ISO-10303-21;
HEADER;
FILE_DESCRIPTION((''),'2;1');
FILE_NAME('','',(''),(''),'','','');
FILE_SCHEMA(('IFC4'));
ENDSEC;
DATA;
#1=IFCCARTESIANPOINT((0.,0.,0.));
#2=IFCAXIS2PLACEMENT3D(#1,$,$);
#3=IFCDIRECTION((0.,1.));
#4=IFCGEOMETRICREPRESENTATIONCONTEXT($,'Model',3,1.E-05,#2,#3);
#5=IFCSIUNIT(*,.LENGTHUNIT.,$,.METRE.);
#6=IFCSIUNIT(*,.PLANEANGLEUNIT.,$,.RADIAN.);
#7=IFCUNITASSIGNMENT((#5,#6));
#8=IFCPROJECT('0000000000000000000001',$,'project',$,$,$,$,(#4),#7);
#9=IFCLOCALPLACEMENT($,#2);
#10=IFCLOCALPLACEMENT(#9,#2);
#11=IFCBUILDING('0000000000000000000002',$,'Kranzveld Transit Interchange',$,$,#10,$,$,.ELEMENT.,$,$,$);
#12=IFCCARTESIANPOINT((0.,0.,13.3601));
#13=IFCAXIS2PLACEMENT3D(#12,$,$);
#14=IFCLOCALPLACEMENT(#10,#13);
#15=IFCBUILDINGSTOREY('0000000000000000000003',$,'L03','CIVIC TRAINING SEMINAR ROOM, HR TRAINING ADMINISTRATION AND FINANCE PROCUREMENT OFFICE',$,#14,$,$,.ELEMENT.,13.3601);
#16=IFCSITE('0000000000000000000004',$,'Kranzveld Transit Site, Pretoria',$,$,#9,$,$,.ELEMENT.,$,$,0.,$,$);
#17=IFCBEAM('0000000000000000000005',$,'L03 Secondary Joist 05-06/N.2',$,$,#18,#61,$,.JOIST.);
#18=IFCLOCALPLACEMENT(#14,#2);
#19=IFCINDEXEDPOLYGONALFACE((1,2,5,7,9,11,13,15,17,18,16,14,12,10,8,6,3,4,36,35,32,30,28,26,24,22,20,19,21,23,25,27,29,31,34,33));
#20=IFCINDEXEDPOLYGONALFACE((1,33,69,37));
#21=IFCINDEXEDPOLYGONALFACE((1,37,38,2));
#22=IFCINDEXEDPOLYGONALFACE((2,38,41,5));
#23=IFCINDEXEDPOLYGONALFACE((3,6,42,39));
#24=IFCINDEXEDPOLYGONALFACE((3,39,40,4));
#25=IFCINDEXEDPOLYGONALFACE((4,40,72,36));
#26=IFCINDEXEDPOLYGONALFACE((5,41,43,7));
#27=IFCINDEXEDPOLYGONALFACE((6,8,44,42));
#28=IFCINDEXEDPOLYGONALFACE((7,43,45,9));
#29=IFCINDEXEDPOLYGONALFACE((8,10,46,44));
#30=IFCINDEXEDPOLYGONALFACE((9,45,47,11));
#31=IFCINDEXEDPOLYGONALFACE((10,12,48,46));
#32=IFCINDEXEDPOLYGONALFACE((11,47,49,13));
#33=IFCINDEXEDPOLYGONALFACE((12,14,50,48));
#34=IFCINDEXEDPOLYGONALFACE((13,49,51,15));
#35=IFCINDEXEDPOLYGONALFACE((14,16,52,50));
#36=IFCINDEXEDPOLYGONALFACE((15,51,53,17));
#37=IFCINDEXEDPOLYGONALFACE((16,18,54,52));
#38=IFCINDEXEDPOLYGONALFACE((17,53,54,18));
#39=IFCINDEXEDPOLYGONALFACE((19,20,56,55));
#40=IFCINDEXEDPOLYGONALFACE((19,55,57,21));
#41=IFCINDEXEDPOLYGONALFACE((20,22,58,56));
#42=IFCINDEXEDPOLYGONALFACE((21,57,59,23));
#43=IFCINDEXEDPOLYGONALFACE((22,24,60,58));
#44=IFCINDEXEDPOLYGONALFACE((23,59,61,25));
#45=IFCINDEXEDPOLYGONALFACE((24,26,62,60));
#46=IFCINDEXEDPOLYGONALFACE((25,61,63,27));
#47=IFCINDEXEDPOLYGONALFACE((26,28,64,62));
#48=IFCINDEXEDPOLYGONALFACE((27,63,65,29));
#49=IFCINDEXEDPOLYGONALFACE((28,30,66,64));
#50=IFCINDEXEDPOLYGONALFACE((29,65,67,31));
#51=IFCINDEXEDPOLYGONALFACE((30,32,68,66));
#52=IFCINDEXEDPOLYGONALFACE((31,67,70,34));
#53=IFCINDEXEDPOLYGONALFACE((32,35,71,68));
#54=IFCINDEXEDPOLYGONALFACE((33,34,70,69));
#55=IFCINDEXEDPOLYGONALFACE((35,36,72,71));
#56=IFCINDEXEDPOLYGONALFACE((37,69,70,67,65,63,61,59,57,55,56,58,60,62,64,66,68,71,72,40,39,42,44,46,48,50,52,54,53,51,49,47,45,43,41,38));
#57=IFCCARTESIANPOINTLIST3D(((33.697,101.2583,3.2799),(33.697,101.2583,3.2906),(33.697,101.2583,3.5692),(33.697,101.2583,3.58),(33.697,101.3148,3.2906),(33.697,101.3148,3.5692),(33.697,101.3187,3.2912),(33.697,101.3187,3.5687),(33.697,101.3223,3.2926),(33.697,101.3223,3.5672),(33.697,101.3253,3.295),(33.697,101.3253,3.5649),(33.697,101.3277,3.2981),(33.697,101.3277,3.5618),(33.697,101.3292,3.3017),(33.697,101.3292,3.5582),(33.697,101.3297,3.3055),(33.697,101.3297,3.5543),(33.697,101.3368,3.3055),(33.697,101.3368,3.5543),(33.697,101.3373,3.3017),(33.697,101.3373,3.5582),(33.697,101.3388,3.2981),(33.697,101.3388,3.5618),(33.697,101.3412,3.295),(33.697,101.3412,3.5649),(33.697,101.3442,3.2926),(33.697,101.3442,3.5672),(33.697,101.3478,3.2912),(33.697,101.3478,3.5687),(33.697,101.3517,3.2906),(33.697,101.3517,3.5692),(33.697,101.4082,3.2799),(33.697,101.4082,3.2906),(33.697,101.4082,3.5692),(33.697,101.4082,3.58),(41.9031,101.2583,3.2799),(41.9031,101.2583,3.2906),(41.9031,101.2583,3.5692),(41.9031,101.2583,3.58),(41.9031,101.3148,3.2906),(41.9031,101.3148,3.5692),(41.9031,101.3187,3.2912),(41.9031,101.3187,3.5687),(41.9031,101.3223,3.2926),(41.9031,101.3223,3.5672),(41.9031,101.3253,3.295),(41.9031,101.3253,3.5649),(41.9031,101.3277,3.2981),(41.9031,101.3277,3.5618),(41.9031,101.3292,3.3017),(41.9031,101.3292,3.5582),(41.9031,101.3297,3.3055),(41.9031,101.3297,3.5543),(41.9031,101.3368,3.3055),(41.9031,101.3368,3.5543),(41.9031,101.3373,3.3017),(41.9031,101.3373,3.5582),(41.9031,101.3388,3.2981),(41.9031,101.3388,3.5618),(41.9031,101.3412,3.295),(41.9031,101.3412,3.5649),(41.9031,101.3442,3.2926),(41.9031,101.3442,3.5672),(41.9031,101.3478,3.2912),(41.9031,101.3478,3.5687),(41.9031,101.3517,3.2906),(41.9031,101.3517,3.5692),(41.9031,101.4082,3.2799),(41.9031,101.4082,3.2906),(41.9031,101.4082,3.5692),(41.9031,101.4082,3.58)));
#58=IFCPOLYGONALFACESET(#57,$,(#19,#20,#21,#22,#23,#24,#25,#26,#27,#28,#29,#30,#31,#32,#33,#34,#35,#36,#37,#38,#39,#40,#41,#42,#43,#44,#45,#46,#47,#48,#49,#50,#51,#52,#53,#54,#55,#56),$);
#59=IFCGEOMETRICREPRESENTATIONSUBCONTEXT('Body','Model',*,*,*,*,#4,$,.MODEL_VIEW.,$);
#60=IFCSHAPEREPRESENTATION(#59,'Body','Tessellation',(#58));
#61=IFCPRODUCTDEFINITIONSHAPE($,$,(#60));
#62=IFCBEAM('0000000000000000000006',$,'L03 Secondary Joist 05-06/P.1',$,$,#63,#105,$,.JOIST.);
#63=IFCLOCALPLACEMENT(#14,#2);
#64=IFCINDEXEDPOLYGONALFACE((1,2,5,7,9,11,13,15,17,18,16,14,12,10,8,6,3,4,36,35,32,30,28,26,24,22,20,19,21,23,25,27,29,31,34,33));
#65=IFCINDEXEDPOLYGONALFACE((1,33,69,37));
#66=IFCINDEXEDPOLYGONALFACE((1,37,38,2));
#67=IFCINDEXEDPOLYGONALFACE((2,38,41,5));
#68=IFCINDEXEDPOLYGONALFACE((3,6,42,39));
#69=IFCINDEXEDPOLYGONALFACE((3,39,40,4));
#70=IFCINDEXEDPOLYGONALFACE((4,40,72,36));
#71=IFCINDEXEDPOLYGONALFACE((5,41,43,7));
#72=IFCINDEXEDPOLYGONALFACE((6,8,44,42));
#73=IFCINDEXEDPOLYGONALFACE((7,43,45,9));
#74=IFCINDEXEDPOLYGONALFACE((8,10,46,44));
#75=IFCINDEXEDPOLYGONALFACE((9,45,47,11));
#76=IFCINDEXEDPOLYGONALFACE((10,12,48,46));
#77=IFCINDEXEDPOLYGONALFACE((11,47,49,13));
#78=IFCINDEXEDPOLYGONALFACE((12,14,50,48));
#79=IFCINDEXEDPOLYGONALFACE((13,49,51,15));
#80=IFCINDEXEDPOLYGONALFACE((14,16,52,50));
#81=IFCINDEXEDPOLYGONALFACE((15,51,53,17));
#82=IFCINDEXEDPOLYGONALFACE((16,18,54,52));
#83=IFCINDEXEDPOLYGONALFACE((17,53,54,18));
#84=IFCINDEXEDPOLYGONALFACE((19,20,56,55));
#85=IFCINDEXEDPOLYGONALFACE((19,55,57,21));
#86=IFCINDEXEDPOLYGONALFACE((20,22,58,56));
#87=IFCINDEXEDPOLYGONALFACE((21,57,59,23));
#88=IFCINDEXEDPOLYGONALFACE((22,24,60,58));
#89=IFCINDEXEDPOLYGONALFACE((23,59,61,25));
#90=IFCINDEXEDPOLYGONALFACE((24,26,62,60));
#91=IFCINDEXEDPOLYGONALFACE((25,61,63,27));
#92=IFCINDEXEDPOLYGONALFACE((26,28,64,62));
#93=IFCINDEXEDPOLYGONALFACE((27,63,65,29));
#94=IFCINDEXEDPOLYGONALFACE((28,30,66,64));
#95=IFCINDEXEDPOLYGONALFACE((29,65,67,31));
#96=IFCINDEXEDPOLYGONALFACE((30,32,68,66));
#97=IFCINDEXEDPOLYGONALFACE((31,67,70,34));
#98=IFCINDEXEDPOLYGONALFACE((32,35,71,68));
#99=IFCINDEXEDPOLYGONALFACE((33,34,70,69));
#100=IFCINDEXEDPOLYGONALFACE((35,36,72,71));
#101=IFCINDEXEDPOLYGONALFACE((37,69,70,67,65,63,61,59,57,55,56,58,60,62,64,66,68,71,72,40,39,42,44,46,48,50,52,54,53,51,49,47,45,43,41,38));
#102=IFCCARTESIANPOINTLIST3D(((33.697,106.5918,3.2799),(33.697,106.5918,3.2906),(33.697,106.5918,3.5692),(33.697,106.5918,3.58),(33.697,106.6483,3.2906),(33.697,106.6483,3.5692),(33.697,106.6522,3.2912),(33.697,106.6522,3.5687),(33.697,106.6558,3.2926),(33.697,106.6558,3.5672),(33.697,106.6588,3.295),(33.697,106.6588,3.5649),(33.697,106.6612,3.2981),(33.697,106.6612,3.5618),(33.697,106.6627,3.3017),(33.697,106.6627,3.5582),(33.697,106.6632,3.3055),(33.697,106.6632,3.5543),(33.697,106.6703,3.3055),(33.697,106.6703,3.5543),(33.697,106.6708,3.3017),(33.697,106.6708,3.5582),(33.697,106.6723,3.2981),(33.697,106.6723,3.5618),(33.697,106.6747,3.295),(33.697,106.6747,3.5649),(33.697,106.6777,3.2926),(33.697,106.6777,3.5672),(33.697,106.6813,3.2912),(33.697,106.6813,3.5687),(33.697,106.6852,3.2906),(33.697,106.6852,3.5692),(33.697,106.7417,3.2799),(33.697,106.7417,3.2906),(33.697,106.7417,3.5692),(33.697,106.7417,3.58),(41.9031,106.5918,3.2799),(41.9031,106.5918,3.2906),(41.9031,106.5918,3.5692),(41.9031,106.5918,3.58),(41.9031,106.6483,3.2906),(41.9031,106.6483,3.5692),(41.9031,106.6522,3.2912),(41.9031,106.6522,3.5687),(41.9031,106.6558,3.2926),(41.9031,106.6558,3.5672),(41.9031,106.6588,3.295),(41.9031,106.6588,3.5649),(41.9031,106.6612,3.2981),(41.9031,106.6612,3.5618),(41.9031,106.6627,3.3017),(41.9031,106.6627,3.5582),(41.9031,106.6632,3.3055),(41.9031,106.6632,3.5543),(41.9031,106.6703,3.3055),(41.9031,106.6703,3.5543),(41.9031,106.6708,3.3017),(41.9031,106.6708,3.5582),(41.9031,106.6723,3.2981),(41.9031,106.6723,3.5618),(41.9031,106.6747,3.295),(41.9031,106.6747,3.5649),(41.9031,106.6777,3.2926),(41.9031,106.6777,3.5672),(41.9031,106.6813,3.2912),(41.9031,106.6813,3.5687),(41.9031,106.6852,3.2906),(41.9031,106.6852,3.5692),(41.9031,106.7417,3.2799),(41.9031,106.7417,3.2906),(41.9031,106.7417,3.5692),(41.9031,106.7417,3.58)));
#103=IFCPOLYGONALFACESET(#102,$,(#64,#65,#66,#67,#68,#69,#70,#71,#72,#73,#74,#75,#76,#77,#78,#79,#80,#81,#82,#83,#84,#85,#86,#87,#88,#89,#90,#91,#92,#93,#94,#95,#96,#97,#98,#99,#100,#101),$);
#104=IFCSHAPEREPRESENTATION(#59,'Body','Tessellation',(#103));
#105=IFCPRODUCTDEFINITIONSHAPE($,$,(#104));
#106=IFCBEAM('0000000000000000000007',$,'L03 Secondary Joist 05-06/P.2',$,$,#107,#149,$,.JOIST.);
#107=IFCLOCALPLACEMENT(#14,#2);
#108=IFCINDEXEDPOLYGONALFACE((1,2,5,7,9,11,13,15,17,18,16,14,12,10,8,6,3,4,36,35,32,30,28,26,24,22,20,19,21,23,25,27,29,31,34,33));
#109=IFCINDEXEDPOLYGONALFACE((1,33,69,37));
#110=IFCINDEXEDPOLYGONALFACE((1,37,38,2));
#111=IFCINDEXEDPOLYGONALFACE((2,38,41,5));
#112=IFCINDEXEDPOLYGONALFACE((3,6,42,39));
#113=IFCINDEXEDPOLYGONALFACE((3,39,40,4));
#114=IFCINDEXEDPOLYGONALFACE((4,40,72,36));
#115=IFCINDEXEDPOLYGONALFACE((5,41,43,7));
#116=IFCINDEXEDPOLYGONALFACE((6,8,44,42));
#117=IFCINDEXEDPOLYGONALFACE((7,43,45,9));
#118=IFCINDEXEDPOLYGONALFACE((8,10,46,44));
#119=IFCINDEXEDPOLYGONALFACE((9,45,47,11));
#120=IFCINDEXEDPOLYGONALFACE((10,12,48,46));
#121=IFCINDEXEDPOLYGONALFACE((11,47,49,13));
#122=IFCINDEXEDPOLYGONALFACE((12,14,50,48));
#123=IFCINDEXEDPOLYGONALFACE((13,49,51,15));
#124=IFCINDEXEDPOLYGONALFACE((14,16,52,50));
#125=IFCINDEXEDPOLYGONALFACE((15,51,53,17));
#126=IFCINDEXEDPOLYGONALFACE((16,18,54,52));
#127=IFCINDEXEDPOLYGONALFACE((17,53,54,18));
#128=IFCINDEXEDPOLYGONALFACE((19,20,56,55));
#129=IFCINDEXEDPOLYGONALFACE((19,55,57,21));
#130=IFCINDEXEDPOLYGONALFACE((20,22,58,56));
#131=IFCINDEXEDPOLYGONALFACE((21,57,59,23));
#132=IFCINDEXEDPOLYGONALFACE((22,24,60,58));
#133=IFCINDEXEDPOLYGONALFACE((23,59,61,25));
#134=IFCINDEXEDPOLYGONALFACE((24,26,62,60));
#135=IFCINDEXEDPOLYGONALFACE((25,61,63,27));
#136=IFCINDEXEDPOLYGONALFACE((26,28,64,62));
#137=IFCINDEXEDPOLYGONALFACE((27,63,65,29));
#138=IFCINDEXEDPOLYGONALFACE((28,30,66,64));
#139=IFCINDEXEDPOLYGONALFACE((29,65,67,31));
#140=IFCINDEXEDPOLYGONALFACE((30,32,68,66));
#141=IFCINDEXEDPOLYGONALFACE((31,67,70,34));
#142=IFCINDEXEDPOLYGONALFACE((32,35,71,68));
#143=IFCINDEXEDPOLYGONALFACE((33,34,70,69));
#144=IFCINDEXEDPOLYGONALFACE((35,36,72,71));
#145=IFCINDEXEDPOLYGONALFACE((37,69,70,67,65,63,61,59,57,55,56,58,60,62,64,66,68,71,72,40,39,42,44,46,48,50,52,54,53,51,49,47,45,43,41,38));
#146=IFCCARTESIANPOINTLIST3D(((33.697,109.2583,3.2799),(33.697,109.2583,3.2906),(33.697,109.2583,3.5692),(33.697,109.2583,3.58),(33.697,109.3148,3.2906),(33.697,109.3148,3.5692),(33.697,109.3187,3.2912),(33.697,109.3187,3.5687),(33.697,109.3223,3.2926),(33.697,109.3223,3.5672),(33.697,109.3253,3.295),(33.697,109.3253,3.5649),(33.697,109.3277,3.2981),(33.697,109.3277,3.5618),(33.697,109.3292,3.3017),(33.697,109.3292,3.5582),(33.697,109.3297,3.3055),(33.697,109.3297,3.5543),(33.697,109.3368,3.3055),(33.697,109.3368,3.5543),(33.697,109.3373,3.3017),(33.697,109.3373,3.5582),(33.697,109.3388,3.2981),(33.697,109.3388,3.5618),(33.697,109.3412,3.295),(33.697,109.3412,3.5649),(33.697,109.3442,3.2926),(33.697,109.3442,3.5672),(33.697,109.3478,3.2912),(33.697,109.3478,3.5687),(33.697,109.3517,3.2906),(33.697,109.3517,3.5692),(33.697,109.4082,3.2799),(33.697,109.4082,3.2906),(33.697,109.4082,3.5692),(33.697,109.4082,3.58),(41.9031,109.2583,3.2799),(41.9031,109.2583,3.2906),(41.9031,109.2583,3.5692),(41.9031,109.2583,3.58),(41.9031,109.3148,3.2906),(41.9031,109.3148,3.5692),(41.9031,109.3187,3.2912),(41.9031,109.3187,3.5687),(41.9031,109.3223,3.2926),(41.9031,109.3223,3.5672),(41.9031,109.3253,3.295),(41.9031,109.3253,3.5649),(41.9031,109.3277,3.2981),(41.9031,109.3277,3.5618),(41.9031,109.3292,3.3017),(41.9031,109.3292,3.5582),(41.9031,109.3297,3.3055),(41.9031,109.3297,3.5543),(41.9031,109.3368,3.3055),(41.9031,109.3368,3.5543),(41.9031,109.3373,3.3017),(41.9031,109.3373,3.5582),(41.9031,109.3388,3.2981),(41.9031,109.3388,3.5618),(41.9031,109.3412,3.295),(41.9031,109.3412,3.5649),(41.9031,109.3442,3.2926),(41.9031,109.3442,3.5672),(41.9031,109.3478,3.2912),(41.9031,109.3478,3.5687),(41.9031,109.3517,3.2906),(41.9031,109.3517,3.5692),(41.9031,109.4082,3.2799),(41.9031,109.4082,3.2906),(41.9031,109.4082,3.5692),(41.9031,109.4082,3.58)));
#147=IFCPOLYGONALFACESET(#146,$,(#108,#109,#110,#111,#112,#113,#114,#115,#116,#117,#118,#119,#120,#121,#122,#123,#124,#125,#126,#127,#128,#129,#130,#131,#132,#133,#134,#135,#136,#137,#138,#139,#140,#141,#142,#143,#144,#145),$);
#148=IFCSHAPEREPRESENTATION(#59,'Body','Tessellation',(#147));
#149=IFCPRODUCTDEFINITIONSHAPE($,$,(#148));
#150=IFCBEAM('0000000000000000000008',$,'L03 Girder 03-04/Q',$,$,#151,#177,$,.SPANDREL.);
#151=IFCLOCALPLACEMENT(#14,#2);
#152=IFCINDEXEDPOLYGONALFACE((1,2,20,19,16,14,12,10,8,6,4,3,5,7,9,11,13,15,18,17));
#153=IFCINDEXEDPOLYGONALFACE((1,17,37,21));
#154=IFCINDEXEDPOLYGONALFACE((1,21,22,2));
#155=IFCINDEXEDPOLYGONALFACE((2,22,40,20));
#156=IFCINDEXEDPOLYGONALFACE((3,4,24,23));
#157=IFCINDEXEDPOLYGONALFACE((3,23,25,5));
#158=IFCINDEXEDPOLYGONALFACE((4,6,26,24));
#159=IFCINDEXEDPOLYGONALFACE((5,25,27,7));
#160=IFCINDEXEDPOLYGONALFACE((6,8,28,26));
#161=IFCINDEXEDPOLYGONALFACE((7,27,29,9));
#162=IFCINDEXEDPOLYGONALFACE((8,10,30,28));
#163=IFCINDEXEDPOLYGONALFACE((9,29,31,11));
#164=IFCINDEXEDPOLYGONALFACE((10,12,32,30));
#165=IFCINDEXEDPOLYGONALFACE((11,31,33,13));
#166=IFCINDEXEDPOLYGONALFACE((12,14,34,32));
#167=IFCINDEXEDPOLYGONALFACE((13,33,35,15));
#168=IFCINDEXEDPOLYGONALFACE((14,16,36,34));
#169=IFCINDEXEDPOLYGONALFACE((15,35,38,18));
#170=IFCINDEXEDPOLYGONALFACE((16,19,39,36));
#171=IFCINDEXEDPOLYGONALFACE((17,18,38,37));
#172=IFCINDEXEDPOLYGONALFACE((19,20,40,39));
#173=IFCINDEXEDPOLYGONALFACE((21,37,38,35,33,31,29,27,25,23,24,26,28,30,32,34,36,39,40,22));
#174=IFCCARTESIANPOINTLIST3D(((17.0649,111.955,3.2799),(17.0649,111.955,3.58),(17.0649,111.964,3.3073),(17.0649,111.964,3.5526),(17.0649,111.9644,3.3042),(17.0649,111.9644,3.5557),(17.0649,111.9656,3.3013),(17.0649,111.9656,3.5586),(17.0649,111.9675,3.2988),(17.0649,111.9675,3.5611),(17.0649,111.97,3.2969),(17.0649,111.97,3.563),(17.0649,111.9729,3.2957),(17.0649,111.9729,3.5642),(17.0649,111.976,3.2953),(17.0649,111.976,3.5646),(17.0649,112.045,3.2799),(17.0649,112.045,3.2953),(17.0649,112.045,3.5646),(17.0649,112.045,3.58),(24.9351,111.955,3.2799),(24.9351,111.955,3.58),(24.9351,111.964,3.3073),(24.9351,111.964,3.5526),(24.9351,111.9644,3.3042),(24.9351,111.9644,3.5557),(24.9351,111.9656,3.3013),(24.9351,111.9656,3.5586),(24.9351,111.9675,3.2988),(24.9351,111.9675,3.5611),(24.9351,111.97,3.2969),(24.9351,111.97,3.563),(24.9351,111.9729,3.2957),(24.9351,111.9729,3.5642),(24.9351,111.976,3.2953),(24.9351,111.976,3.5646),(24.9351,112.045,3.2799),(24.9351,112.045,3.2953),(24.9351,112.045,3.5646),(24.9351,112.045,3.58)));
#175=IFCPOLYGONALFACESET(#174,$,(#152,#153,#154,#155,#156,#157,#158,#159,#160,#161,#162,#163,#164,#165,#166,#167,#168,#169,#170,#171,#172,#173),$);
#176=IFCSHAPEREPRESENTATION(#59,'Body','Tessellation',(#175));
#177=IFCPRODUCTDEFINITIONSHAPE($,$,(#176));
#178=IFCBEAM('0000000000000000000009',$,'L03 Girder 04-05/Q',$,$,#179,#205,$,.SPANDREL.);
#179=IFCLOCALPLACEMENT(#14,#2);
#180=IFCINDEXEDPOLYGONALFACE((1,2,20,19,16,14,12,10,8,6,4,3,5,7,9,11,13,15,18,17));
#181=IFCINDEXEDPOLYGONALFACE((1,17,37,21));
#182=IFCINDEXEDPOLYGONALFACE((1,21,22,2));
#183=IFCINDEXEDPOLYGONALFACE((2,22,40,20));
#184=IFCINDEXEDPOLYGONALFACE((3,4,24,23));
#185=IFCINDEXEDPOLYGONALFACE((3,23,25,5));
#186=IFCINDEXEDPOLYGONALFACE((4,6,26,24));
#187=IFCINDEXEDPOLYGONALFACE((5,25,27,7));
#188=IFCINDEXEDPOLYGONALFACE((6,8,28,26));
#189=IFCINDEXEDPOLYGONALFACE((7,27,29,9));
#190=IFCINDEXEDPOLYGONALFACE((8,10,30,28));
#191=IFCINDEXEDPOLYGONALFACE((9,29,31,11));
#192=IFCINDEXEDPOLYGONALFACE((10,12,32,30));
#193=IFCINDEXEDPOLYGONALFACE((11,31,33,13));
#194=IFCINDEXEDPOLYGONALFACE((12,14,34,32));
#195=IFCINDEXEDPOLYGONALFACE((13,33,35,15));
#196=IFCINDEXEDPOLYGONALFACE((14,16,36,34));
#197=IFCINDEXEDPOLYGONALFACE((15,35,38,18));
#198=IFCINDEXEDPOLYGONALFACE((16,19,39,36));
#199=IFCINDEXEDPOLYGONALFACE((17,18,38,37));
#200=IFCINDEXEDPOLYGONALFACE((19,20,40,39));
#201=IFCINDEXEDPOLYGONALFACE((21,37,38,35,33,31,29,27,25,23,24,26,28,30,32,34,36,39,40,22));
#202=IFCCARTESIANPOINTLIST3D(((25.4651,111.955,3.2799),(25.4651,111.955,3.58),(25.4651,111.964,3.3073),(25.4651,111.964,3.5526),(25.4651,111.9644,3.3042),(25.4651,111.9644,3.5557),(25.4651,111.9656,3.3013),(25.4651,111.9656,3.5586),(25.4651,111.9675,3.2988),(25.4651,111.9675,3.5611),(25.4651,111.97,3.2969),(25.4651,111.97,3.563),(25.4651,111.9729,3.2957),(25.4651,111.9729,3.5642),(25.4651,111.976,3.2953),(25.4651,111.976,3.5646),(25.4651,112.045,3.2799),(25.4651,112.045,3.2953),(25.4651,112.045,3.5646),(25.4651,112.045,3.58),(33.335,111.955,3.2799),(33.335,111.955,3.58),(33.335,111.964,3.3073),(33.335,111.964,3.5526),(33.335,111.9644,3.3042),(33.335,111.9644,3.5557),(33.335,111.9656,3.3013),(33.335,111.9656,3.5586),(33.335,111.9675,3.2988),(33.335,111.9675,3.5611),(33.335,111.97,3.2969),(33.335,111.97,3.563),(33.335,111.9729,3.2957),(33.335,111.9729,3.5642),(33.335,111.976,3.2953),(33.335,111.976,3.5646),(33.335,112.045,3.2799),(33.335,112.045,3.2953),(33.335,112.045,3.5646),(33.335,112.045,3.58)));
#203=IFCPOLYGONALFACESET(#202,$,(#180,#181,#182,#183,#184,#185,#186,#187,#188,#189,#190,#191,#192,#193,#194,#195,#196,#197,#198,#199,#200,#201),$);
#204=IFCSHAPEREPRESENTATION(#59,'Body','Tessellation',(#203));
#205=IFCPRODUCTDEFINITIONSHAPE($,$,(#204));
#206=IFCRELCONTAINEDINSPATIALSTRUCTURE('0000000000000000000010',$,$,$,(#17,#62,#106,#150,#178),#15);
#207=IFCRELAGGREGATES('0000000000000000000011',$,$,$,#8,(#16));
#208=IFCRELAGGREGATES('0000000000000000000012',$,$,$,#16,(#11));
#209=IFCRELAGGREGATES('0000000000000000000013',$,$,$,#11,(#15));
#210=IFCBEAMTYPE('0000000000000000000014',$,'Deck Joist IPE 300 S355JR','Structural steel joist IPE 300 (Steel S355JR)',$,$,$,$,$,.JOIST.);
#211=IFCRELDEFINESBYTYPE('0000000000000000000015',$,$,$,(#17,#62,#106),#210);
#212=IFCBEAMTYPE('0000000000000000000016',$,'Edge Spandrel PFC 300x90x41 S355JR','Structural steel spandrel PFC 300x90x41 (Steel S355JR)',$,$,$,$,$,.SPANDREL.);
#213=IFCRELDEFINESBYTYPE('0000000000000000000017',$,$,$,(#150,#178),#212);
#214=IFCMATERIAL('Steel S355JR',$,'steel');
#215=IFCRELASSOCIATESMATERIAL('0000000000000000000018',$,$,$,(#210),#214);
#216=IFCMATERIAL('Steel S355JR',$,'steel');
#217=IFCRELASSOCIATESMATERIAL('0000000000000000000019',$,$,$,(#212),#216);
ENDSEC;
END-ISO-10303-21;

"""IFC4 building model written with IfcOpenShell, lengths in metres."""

from ifc_helpers import new_model, si_unit, direction, frame, origin, origin_2d, place, context, subcontext, project, spatial, i_section, u_section, extrude, material, material_profile, profile_set, type_object, element, save


model = new_model("IFC4")

# Units and contexts
model_context = context("Model", 3, precision=1e-05, world=origin(), true_north=direction((0.0, 1.0)))
body_context = subcontext(model_context, "Body", "Model", "MODEL_VIEW")
ifc_project = project(units=[si_unit("LENGTHUNIT", "METRE"), si_unit("PLANEANGLEUNIT", "RADIAN")], contexts=[model_context])

# Site, building, storey
site_placement = place(None, origin())
site = spatial("IfcSite", under=ifc_project, at=site_placement, Name="Kranzveld Transit Site, Pretoria", CompositionType="ELEMENT", RefElevation=0.0)
building_placement = place(site_placement, origin())
building = spatial("IfcBuilding", under=site, at=building_placement, Name="Kranzveld Transit Interchange", CompositionType="ELEMENT")
storey_placement = place(building_placement, frame((0.0, 0.0, 13.3601)))
storey = spatial("IfcBuildingStorey", under=building, at=storey_placement, Name="L03", Description="CIVIC TRAINING SEMINAR ROOM, HR TRAINING ADMINISTRATION AND FINANCE PROCUREMENT OFFICE", CompositionType="ELEMENT", Elevation=13.3601)

# Beams
ifc_material_1 = material(Name="Steel S355JR", Category="steel")
ifc_material_profile_1 = material_profile(ifc_material_1, i_section(OverallWidth=0.1499, OverallDepth=0.3, WebThickness=0.0071, FlangeThickness=0.0107, FilletRadius=0.0149, at=origin_2d()), Name="IPE 300")
ifc_profile_set_1 = profile_set([ifc_material_profile_1], Name="Steel S355JR")
beam_type_1 = type_object("IfcBeamType", Name="Deck Joist IPE 300 S355JR", Description="Structural steel joist IPE 300 (Steel S355JR)", PredefinedType="JOIST", material=ifc_profile_set_1)
for number, where, z_axis, x_axis, name in (
    (1, (33.697, 101.3333, 3.4299), (1.0, 0.0, 0.0), (0.0, 1.0, 0.0), "L03 Secondary Joist 05-06/N.2"),
    (2, (33.697, 106.6667, 3.4299), (1.0, 0.0, 0.0), (0.0, 1.0, 0.0), "L03 Secondary Joist 05-06/P.1"),
    (3, (33.697, 109.3333, 3.4299), (1.0, 0.0, 0.0), (0.0, 1.0, 0.0), "L03 Secondary Joist 05-06/P.2"),
):
    element("IfcBeam", number, at=place(storey_placement, frame(where, z_axis=z_axis, x_axis=x_axis)), inside=storey, type_object=beam_type_1, Name=name, PredefinedType="JOIST", context=body_context, shape_type="SweptSolid", body=[
        extrude(i_section(OverallWidth=0.1499, OverallDepth=0.3, WebThickness=0.0071, FlangeThickness=0.0107, FilletRadius=0.0149, at=origin_2d()), origin(), (0.0, 0.0, 1.0), 8.2061),
    ])
ifc_material_2 = material(Name="Steel S355JR", Category="steel")
ifc_material_profile_2 = material_profile(ifc_material_2, u_section(Depth=0.3, FlangeWidth=0.0901, WebThickness=0.009, FlangeThickness=0.0154, FilletRadius=0.012, at=origin_2d()), Name="PFC 300x90x41")
ifc_profile_set_2 = profile_set([ifc_material_profile_2], Name="Steel S355JR")
beam_type_2 = type_object("IfcBeamType", Name="Edge Spandrel PFC 300x90x41 S355JR", Description="Structural steel spandrel PFC 300x90x41 (Steel S355JR)", PredefinedType="SPANDREL", material=ifc_profile_set_2)
beam_1_placement = place(storey_placement, frame((17.0649, 112.0, 3.4299), z_axis=(1.0, 0.0, 0.0), x_axis=(0.0, 1.0, 0.0)))
element("IfcBeam", 4, at=beam_1_placement, inside=storey, type_object=beam_type_2, Name="L03 Girder 03-04/Q", PredefinedType="SPANDREL", context=body_context, shape_type="SweptSolid", body=[
    extrude(u_section(Depth=0.3, FlangeWidth=0.0901, WebThickness=0.009, FlangeThickness=0.0154, FilletRadius=0.012, at=origin_2d()), origin(), (0.0, 0.0, 1.0), 7.8701),
])
beam_2_placement = place(storey_placement, frame((25.4651, 112.0, 3.4299), z_axis=(1.0, 0.0, 0.0), x_axis=(0.0, 1.0, 0.0)))
element("IfcBeam", 5, at=beam_2_placement, inside=storey, type_object=beam_type_2, Name="L03 Girder 04-05/Q", PredefinedType="SPANDREL", context=body_context, shape_type="SweptSolid", body=[
    extrude(u_section(Depth=0.3, FlangeWidth=0.0901, WebThickness=0.009, FlangeThickness=0.0154, FilletRadius=0.012, at=origin_2d()), origin(), (0.0, 0.0, 1.0), 7.8699),
])

save(model, "model.ifc")
